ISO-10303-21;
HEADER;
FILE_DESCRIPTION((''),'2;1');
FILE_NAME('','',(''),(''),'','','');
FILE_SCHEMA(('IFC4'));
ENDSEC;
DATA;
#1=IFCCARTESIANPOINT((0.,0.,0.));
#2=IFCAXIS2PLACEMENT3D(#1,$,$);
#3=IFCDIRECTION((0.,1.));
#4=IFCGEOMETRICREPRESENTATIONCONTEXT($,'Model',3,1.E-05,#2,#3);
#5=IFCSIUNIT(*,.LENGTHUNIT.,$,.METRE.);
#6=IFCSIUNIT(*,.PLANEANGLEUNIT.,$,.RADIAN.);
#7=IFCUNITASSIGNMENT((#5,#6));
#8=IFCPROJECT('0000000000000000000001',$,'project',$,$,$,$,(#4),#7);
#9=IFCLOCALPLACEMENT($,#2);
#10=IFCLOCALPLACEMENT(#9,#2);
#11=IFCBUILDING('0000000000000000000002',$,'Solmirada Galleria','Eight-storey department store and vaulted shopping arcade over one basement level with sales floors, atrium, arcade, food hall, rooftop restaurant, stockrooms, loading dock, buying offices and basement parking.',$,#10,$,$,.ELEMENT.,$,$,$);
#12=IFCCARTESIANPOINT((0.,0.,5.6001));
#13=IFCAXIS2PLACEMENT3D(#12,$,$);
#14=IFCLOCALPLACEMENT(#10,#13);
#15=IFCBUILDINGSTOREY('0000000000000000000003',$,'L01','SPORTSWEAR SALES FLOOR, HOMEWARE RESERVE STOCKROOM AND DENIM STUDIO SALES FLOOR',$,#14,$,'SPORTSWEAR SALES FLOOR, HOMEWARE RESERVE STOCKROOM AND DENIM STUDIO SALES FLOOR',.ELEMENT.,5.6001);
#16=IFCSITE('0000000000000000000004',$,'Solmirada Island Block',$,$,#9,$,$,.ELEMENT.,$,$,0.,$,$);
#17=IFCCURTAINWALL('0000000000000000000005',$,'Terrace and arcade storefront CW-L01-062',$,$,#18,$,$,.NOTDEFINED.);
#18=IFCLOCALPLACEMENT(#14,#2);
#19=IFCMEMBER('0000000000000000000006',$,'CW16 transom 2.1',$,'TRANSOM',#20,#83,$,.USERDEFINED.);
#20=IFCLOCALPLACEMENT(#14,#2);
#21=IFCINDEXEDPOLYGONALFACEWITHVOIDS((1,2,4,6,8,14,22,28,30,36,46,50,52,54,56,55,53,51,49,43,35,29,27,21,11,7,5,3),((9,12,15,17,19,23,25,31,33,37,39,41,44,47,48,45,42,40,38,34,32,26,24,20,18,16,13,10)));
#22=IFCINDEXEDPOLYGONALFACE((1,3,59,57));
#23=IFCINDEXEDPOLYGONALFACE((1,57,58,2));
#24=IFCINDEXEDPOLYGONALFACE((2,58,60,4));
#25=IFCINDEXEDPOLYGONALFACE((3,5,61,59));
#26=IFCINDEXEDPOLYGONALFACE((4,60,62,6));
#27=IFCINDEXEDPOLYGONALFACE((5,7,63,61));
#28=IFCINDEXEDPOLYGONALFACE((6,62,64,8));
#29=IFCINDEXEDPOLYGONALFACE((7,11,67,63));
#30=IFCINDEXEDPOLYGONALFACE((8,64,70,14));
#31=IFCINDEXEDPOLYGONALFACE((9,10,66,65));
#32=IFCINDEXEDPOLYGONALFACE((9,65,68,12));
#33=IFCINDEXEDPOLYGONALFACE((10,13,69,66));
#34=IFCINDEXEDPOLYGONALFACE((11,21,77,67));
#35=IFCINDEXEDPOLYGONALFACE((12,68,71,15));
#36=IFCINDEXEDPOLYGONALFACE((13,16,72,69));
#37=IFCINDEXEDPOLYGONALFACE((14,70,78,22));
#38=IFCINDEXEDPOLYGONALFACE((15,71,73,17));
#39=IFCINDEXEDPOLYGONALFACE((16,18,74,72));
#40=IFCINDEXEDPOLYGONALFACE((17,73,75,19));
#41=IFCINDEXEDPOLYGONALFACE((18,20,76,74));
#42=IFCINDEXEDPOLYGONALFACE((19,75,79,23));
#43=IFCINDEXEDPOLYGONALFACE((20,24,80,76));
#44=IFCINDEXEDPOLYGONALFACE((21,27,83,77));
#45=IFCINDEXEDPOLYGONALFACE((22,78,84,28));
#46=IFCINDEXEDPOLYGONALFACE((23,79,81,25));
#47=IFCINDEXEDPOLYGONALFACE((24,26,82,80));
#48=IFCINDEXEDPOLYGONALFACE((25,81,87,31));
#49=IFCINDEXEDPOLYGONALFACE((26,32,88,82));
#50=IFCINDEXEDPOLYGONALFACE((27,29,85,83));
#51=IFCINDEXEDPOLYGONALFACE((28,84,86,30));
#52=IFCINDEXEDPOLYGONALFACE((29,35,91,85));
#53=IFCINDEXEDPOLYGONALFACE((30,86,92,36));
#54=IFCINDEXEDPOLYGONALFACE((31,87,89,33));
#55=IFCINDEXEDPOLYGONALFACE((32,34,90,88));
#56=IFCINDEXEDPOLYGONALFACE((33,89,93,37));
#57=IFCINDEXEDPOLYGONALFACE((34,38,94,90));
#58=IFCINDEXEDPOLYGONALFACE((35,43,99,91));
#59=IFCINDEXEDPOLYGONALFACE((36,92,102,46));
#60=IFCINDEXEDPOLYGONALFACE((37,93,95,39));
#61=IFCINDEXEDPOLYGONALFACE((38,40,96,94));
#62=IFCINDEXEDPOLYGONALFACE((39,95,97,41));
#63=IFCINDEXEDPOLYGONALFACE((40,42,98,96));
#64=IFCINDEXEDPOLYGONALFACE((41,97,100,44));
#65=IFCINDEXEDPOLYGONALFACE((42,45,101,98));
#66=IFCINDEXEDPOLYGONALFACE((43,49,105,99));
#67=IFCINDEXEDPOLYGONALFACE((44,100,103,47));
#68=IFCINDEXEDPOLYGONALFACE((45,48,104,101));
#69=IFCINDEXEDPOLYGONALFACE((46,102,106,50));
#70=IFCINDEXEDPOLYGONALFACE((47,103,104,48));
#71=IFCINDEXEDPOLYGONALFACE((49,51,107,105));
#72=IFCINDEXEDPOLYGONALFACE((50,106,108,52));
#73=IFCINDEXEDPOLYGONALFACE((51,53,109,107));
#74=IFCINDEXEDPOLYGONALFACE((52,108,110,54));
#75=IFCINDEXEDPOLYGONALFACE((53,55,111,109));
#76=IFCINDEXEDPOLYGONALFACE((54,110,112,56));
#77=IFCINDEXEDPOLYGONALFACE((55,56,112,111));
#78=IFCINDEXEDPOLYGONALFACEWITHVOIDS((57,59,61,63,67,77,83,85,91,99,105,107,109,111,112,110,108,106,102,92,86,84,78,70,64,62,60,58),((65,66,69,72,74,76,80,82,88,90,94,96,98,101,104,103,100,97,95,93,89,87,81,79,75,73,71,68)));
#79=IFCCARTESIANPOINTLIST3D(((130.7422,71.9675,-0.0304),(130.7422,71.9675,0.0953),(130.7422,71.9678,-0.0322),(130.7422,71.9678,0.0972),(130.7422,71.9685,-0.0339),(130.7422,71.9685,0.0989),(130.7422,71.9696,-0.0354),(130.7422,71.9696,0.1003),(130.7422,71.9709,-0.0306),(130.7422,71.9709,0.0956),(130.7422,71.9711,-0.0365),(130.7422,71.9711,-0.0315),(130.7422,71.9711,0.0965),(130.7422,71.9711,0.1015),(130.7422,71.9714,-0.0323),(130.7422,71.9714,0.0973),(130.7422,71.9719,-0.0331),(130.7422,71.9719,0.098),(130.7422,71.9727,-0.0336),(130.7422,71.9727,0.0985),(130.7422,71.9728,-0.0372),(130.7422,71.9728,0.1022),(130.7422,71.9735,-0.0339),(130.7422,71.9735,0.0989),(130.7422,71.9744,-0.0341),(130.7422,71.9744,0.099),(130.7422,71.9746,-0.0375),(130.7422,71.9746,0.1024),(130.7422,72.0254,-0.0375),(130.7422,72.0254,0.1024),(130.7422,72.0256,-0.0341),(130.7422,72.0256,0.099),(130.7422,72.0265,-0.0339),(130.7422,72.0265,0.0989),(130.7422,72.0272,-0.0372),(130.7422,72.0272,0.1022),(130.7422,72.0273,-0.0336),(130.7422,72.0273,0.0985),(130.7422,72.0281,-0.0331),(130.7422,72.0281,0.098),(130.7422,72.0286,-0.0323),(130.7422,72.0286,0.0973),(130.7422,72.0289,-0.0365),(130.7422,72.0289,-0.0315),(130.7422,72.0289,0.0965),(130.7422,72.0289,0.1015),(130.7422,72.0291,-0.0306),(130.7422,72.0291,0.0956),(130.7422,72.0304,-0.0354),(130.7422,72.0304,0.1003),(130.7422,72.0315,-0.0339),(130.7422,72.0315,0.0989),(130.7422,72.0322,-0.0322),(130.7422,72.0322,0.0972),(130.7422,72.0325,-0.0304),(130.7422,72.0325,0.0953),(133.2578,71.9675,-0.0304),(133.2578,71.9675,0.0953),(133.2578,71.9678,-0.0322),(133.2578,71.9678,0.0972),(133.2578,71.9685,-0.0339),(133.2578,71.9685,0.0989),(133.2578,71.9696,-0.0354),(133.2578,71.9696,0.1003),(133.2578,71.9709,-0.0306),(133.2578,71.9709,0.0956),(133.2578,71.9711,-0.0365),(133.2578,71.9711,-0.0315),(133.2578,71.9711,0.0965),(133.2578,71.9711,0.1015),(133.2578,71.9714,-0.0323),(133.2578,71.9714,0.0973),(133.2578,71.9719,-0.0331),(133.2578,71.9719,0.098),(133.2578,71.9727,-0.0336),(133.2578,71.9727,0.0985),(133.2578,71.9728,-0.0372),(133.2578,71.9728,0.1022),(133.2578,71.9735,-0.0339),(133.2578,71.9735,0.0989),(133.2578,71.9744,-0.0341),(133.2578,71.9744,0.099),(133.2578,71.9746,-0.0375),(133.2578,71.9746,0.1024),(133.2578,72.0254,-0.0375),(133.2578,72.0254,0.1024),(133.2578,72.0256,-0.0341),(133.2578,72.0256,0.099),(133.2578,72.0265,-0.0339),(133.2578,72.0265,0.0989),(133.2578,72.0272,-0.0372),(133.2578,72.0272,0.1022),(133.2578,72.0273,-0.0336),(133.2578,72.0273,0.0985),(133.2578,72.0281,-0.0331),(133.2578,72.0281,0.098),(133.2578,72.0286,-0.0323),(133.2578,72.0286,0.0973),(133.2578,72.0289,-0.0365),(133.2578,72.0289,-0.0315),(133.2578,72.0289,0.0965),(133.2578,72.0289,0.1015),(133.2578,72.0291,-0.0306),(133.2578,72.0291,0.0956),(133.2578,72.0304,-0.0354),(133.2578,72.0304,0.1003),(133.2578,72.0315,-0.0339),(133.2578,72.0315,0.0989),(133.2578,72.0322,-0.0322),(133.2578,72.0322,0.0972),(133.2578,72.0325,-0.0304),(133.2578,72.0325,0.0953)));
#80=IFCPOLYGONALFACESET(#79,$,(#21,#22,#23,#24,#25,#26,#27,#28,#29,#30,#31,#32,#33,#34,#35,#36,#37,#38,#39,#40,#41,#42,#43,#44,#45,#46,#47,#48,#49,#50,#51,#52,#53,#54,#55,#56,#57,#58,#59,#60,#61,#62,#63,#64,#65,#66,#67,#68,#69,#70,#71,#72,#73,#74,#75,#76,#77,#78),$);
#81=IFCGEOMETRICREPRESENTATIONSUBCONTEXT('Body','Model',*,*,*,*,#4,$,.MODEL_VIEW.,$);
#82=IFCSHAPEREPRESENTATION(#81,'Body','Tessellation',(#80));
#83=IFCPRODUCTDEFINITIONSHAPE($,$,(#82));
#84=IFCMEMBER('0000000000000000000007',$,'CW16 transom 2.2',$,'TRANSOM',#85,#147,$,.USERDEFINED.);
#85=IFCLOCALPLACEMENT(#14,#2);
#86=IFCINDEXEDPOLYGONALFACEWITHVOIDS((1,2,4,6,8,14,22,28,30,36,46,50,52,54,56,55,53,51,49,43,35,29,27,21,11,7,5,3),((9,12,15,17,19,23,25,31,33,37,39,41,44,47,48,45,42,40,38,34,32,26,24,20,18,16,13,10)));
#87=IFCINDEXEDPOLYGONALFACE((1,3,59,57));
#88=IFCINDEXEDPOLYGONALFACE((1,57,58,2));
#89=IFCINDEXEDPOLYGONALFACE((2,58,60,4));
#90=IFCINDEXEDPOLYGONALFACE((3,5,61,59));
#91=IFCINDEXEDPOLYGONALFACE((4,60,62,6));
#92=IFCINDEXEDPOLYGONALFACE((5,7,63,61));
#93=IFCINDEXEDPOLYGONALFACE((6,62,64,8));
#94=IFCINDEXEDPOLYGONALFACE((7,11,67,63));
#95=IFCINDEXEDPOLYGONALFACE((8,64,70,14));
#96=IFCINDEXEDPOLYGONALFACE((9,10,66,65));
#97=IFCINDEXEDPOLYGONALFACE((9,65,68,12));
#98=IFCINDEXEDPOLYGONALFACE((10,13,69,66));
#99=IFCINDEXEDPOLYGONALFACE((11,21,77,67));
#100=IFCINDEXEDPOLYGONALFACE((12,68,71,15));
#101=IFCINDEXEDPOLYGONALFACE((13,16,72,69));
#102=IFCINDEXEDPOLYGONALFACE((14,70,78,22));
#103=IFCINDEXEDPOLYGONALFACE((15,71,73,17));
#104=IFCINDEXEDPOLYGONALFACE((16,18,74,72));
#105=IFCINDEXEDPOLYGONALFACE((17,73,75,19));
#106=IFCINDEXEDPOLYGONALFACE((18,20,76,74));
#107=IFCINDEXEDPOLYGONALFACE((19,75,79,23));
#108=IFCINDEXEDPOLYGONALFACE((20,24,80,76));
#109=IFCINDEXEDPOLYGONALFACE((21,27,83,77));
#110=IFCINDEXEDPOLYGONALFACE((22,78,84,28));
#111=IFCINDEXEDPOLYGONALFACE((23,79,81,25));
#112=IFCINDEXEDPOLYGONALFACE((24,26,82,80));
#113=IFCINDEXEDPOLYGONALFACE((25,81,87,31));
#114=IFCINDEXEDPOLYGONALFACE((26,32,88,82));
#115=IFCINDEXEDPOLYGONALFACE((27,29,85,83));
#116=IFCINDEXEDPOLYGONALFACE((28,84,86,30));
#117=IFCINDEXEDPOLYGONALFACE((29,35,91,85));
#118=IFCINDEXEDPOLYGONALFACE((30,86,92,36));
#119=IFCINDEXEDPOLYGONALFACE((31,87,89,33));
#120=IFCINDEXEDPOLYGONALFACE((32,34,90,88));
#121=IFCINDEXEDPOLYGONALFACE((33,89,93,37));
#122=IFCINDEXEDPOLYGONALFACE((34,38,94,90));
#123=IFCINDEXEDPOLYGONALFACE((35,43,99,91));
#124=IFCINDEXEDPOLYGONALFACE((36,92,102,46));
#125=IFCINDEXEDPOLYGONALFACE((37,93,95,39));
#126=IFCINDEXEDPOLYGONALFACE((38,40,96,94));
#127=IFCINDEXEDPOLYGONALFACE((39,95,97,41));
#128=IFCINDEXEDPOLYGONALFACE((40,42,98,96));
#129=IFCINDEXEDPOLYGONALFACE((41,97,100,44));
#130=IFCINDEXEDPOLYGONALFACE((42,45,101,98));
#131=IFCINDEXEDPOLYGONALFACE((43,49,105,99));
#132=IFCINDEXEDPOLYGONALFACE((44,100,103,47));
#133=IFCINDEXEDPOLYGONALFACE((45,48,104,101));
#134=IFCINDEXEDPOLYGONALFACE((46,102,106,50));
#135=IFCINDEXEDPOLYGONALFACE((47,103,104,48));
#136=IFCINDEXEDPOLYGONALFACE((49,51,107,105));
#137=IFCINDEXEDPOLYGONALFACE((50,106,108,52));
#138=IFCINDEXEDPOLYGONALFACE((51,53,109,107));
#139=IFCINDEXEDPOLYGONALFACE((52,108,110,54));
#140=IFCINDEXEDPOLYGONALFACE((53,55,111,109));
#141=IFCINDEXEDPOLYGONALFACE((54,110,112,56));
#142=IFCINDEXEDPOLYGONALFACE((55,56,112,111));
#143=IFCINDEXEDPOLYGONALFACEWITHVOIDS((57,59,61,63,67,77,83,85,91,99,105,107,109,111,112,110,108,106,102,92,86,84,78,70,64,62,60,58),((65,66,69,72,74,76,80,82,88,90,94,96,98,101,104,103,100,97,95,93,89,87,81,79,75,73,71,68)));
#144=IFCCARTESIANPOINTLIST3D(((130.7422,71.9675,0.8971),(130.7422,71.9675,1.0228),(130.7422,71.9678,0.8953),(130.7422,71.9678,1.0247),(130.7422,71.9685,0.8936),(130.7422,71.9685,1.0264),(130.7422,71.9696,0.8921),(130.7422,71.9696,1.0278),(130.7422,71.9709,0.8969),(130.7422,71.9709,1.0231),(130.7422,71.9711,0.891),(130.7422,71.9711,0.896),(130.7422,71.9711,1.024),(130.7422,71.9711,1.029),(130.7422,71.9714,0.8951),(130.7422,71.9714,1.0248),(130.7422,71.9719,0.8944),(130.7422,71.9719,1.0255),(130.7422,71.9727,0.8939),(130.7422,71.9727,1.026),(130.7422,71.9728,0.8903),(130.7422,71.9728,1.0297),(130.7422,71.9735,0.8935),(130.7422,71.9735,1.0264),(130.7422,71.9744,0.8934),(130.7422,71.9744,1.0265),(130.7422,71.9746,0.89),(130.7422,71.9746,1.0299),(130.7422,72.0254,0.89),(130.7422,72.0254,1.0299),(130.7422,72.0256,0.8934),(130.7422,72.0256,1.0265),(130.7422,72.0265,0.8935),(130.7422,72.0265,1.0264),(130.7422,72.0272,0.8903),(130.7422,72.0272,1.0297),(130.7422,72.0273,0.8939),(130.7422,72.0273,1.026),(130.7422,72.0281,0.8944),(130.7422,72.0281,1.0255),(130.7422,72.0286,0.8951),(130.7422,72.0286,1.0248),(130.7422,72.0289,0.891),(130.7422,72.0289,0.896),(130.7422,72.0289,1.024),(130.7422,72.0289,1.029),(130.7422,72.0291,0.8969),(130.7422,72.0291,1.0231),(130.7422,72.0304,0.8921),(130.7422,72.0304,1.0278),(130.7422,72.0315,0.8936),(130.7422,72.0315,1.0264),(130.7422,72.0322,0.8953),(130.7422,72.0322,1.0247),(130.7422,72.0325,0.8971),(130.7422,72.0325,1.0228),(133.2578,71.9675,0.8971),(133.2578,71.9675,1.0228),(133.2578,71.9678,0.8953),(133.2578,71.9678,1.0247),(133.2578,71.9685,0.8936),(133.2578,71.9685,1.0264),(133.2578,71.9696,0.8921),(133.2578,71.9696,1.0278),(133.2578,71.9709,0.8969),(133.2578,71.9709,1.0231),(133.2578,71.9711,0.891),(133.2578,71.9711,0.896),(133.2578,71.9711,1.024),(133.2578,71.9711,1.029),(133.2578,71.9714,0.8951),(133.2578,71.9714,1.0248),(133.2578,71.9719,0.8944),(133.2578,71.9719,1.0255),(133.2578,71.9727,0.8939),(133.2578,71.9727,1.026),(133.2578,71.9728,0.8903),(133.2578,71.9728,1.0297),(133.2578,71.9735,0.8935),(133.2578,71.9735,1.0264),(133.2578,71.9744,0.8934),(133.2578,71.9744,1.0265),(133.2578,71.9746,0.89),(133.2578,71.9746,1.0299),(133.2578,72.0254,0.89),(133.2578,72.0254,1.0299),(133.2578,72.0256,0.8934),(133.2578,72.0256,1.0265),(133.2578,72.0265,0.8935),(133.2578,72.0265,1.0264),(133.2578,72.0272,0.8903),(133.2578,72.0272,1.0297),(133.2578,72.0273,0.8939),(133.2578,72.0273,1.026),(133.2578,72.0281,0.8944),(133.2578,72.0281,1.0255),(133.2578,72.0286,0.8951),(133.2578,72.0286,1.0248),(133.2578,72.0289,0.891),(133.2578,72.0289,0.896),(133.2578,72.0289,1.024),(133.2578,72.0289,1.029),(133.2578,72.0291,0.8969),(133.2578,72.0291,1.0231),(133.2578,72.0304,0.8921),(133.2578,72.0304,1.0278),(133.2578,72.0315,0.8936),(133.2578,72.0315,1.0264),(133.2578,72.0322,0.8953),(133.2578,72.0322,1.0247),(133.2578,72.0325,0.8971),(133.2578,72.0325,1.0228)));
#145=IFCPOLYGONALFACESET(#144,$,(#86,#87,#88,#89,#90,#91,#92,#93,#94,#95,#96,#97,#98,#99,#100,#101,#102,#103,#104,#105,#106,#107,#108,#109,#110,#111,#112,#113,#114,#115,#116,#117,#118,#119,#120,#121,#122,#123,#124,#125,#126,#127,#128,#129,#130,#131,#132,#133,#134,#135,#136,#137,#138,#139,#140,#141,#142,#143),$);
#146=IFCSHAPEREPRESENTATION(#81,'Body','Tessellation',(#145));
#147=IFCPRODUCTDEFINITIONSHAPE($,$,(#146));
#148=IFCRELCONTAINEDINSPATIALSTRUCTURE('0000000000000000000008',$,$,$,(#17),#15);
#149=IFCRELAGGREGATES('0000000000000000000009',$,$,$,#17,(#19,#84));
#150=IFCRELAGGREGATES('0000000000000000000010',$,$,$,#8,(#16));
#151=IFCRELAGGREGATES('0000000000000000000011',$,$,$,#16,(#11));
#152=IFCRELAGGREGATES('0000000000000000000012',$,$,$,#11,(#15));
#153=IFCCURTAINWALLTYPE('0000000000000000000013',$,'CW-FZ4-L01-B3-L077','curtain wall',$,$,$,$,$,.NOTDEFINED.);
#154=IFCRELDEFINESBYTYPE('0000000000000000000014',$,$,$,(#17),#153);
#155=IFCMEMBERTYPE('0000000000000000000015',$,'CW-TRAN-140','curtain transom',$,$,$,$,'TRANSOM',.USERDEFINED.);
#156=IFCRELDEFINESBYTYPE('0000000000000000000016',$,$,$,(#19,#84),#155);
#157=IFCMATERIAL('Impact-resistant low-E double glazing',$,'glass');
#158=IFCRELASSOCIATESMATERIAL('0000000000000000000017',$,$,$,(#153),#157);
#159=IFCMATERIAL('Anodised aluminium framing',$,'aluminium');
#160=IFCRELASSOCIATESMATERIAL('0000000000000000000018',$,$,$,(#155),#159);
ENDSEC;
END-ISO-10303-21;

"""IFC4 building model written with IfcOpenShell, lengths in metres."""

from ifc_helpers import new_model, si_unit, direction, frame, origin, origin_2d, place, context, subcontext, project, spatial, hollow_rectangle, extrude, material, material_profile, profile_set, type_object, element, aggregate, save


model = new_model("IFC4")

# Units and contexts
model_context = context("Model", 3, precision=1e-05, world=origin(), true_north=direction((0.0, 1.0)))
body_context = subcontext(model_context, "Body", "Model", "MODEL_VIEW")
ifc_project = project(units=[si_unit("LENGTHUNIT", "METRE"), si_unit("PLANEANGLEUNIT", "RADIAN")], contexts=[model_context])

# Site, building, storey
site_placement = place(None, origin())
site = spatial("IfcSite", under=ifc_project, at=site_placement, Name="Solmirada Island Block", CompositionType="ELEMENT", RefElevation=0.0)
building_placement = place(site_placement, origin())
building = spatial("IfcBuilding", under=site, at=building_placement, Name="Solmirada Galleria", Description="Eight-storey department store and vaulted shopping arcade over one basement level with sales floors, atrium, arcade, food hall, rooftop restaurant, stockrooms, loading dock, buying offices and basement parking.", CompositionType="ELEMENT")
storey_placement = place(building_placement, frame((0.0, 0.0, 5.6001)))
storey = spatial("IfcBuildingStorey", under=building, at=storey_placement, Name="L01", Description="SPORTSWEAR SALES FLOOR, HOMEWARE RESERVE STOCKROOM AND DENIM STUDIO SALES FLOOR", LongName="SPORTSWEAR SALES FLOOR, HOMEWARE RESERVE STOCKROOM AND DENIM STUDIO SALES FLOOR", CompositionType="ELEMENT", Elevation=5.6001)

# Curtain wall
ifc_material_1 = material(Name="Impact-resistant low-E double glazing", Category="glass")
curtain_wall_type = type_object("IfcCurtainWallType", Name="CW-FZ4-L01-B3-L077", Description="curtain wall", PredefinedType="NOTDEFINED", material=ifc_material_1)
curtain_wall_1_placement = place(storey_placement, origin())
curtain_wall_1 = element("IfcCurtainWall", 1, at=curtain_wall_1_placement, inside=storey, type_object=curtain_wall_type, Name="Terrace and arcade storefront CW-L01-062", PredefinedType="NOTDEFINED")
ifc_material_2 = material(Name="Anodised aluminium framing", Category="aluminium")

# Members
ifc_material_profile_1 = material_profile(ifc_material_2, hollow_rectangle(XDim=0.0649, YDim=0.1399, WallThickness=0.0034, InnerFilletRadius=0.0034, OuterFilletRadius=0.0071, at=origin_2d()), Name="ALU-TRAN-140X65")
ifc_profile_set_1 = profile_set([ifc_material_profile_1], Name="Anodised aluminium framing")
member_type_1 = type_object("IfcMemberType", Name="CW-TRAN-140", Description="curtain transom", ElementType="TRANSOM", PredefinedType="USERDEFINED", material=ifc_profile_set_1)
member_1_placement = place(storey_placement, frame((133.2578, 72.0, 0.0325), z_axis=(-1.0, 0.0, 0.0), x_axis=(0.0, -1.0, 0.0)))
member_1 = element("IfcMember", 2, at=member_1_placement, type_object=member_type_1, Name="CW16 transom 2.1", ObjectType="TRANSOM", PredefinedType="USERDEFINED", context=body_context, shape_type="SweptSolid", body=[
    extrude(hollow_rectangle(XDim=0.0649, YDim=0.1399, WallThickness=0.0034, InnerFilletRadius=0.0034, OuterFilletRadius=0.0071, at=origin_2d()), origin(), (0.0, 0.0, 1.0), 2.5156),
])
member_2_placement = place(storey_placement, frame((133.2578, 72.0, 0.96), z_axis=(-1.0, 0.0, 0.0), x_axis=(0.0, -1.0, 0.0)))
member_2 = element("IfcMember", 3, at=member_2_placement, type_object=member_type_1, Name="CW16 transom 2.2", ObjectType="TRANSOM", PredefinedType="USERDEFINED", context=body_context, shape_type="SweptSolid", body=[
    extrude(hollow_rectangle(XDim=0.0649, YDim=0.1399, WallThickness=0.0034, InnerFilletRadius=0.0034, OuterFilletRadius=0.0071, at=origin_2d()), origin(), (0.0, 0.0, 1.0), 2.5156),
])

aggregate(curtain_wall_1, [member_1, member_2])

save(model, "model.ifc")
